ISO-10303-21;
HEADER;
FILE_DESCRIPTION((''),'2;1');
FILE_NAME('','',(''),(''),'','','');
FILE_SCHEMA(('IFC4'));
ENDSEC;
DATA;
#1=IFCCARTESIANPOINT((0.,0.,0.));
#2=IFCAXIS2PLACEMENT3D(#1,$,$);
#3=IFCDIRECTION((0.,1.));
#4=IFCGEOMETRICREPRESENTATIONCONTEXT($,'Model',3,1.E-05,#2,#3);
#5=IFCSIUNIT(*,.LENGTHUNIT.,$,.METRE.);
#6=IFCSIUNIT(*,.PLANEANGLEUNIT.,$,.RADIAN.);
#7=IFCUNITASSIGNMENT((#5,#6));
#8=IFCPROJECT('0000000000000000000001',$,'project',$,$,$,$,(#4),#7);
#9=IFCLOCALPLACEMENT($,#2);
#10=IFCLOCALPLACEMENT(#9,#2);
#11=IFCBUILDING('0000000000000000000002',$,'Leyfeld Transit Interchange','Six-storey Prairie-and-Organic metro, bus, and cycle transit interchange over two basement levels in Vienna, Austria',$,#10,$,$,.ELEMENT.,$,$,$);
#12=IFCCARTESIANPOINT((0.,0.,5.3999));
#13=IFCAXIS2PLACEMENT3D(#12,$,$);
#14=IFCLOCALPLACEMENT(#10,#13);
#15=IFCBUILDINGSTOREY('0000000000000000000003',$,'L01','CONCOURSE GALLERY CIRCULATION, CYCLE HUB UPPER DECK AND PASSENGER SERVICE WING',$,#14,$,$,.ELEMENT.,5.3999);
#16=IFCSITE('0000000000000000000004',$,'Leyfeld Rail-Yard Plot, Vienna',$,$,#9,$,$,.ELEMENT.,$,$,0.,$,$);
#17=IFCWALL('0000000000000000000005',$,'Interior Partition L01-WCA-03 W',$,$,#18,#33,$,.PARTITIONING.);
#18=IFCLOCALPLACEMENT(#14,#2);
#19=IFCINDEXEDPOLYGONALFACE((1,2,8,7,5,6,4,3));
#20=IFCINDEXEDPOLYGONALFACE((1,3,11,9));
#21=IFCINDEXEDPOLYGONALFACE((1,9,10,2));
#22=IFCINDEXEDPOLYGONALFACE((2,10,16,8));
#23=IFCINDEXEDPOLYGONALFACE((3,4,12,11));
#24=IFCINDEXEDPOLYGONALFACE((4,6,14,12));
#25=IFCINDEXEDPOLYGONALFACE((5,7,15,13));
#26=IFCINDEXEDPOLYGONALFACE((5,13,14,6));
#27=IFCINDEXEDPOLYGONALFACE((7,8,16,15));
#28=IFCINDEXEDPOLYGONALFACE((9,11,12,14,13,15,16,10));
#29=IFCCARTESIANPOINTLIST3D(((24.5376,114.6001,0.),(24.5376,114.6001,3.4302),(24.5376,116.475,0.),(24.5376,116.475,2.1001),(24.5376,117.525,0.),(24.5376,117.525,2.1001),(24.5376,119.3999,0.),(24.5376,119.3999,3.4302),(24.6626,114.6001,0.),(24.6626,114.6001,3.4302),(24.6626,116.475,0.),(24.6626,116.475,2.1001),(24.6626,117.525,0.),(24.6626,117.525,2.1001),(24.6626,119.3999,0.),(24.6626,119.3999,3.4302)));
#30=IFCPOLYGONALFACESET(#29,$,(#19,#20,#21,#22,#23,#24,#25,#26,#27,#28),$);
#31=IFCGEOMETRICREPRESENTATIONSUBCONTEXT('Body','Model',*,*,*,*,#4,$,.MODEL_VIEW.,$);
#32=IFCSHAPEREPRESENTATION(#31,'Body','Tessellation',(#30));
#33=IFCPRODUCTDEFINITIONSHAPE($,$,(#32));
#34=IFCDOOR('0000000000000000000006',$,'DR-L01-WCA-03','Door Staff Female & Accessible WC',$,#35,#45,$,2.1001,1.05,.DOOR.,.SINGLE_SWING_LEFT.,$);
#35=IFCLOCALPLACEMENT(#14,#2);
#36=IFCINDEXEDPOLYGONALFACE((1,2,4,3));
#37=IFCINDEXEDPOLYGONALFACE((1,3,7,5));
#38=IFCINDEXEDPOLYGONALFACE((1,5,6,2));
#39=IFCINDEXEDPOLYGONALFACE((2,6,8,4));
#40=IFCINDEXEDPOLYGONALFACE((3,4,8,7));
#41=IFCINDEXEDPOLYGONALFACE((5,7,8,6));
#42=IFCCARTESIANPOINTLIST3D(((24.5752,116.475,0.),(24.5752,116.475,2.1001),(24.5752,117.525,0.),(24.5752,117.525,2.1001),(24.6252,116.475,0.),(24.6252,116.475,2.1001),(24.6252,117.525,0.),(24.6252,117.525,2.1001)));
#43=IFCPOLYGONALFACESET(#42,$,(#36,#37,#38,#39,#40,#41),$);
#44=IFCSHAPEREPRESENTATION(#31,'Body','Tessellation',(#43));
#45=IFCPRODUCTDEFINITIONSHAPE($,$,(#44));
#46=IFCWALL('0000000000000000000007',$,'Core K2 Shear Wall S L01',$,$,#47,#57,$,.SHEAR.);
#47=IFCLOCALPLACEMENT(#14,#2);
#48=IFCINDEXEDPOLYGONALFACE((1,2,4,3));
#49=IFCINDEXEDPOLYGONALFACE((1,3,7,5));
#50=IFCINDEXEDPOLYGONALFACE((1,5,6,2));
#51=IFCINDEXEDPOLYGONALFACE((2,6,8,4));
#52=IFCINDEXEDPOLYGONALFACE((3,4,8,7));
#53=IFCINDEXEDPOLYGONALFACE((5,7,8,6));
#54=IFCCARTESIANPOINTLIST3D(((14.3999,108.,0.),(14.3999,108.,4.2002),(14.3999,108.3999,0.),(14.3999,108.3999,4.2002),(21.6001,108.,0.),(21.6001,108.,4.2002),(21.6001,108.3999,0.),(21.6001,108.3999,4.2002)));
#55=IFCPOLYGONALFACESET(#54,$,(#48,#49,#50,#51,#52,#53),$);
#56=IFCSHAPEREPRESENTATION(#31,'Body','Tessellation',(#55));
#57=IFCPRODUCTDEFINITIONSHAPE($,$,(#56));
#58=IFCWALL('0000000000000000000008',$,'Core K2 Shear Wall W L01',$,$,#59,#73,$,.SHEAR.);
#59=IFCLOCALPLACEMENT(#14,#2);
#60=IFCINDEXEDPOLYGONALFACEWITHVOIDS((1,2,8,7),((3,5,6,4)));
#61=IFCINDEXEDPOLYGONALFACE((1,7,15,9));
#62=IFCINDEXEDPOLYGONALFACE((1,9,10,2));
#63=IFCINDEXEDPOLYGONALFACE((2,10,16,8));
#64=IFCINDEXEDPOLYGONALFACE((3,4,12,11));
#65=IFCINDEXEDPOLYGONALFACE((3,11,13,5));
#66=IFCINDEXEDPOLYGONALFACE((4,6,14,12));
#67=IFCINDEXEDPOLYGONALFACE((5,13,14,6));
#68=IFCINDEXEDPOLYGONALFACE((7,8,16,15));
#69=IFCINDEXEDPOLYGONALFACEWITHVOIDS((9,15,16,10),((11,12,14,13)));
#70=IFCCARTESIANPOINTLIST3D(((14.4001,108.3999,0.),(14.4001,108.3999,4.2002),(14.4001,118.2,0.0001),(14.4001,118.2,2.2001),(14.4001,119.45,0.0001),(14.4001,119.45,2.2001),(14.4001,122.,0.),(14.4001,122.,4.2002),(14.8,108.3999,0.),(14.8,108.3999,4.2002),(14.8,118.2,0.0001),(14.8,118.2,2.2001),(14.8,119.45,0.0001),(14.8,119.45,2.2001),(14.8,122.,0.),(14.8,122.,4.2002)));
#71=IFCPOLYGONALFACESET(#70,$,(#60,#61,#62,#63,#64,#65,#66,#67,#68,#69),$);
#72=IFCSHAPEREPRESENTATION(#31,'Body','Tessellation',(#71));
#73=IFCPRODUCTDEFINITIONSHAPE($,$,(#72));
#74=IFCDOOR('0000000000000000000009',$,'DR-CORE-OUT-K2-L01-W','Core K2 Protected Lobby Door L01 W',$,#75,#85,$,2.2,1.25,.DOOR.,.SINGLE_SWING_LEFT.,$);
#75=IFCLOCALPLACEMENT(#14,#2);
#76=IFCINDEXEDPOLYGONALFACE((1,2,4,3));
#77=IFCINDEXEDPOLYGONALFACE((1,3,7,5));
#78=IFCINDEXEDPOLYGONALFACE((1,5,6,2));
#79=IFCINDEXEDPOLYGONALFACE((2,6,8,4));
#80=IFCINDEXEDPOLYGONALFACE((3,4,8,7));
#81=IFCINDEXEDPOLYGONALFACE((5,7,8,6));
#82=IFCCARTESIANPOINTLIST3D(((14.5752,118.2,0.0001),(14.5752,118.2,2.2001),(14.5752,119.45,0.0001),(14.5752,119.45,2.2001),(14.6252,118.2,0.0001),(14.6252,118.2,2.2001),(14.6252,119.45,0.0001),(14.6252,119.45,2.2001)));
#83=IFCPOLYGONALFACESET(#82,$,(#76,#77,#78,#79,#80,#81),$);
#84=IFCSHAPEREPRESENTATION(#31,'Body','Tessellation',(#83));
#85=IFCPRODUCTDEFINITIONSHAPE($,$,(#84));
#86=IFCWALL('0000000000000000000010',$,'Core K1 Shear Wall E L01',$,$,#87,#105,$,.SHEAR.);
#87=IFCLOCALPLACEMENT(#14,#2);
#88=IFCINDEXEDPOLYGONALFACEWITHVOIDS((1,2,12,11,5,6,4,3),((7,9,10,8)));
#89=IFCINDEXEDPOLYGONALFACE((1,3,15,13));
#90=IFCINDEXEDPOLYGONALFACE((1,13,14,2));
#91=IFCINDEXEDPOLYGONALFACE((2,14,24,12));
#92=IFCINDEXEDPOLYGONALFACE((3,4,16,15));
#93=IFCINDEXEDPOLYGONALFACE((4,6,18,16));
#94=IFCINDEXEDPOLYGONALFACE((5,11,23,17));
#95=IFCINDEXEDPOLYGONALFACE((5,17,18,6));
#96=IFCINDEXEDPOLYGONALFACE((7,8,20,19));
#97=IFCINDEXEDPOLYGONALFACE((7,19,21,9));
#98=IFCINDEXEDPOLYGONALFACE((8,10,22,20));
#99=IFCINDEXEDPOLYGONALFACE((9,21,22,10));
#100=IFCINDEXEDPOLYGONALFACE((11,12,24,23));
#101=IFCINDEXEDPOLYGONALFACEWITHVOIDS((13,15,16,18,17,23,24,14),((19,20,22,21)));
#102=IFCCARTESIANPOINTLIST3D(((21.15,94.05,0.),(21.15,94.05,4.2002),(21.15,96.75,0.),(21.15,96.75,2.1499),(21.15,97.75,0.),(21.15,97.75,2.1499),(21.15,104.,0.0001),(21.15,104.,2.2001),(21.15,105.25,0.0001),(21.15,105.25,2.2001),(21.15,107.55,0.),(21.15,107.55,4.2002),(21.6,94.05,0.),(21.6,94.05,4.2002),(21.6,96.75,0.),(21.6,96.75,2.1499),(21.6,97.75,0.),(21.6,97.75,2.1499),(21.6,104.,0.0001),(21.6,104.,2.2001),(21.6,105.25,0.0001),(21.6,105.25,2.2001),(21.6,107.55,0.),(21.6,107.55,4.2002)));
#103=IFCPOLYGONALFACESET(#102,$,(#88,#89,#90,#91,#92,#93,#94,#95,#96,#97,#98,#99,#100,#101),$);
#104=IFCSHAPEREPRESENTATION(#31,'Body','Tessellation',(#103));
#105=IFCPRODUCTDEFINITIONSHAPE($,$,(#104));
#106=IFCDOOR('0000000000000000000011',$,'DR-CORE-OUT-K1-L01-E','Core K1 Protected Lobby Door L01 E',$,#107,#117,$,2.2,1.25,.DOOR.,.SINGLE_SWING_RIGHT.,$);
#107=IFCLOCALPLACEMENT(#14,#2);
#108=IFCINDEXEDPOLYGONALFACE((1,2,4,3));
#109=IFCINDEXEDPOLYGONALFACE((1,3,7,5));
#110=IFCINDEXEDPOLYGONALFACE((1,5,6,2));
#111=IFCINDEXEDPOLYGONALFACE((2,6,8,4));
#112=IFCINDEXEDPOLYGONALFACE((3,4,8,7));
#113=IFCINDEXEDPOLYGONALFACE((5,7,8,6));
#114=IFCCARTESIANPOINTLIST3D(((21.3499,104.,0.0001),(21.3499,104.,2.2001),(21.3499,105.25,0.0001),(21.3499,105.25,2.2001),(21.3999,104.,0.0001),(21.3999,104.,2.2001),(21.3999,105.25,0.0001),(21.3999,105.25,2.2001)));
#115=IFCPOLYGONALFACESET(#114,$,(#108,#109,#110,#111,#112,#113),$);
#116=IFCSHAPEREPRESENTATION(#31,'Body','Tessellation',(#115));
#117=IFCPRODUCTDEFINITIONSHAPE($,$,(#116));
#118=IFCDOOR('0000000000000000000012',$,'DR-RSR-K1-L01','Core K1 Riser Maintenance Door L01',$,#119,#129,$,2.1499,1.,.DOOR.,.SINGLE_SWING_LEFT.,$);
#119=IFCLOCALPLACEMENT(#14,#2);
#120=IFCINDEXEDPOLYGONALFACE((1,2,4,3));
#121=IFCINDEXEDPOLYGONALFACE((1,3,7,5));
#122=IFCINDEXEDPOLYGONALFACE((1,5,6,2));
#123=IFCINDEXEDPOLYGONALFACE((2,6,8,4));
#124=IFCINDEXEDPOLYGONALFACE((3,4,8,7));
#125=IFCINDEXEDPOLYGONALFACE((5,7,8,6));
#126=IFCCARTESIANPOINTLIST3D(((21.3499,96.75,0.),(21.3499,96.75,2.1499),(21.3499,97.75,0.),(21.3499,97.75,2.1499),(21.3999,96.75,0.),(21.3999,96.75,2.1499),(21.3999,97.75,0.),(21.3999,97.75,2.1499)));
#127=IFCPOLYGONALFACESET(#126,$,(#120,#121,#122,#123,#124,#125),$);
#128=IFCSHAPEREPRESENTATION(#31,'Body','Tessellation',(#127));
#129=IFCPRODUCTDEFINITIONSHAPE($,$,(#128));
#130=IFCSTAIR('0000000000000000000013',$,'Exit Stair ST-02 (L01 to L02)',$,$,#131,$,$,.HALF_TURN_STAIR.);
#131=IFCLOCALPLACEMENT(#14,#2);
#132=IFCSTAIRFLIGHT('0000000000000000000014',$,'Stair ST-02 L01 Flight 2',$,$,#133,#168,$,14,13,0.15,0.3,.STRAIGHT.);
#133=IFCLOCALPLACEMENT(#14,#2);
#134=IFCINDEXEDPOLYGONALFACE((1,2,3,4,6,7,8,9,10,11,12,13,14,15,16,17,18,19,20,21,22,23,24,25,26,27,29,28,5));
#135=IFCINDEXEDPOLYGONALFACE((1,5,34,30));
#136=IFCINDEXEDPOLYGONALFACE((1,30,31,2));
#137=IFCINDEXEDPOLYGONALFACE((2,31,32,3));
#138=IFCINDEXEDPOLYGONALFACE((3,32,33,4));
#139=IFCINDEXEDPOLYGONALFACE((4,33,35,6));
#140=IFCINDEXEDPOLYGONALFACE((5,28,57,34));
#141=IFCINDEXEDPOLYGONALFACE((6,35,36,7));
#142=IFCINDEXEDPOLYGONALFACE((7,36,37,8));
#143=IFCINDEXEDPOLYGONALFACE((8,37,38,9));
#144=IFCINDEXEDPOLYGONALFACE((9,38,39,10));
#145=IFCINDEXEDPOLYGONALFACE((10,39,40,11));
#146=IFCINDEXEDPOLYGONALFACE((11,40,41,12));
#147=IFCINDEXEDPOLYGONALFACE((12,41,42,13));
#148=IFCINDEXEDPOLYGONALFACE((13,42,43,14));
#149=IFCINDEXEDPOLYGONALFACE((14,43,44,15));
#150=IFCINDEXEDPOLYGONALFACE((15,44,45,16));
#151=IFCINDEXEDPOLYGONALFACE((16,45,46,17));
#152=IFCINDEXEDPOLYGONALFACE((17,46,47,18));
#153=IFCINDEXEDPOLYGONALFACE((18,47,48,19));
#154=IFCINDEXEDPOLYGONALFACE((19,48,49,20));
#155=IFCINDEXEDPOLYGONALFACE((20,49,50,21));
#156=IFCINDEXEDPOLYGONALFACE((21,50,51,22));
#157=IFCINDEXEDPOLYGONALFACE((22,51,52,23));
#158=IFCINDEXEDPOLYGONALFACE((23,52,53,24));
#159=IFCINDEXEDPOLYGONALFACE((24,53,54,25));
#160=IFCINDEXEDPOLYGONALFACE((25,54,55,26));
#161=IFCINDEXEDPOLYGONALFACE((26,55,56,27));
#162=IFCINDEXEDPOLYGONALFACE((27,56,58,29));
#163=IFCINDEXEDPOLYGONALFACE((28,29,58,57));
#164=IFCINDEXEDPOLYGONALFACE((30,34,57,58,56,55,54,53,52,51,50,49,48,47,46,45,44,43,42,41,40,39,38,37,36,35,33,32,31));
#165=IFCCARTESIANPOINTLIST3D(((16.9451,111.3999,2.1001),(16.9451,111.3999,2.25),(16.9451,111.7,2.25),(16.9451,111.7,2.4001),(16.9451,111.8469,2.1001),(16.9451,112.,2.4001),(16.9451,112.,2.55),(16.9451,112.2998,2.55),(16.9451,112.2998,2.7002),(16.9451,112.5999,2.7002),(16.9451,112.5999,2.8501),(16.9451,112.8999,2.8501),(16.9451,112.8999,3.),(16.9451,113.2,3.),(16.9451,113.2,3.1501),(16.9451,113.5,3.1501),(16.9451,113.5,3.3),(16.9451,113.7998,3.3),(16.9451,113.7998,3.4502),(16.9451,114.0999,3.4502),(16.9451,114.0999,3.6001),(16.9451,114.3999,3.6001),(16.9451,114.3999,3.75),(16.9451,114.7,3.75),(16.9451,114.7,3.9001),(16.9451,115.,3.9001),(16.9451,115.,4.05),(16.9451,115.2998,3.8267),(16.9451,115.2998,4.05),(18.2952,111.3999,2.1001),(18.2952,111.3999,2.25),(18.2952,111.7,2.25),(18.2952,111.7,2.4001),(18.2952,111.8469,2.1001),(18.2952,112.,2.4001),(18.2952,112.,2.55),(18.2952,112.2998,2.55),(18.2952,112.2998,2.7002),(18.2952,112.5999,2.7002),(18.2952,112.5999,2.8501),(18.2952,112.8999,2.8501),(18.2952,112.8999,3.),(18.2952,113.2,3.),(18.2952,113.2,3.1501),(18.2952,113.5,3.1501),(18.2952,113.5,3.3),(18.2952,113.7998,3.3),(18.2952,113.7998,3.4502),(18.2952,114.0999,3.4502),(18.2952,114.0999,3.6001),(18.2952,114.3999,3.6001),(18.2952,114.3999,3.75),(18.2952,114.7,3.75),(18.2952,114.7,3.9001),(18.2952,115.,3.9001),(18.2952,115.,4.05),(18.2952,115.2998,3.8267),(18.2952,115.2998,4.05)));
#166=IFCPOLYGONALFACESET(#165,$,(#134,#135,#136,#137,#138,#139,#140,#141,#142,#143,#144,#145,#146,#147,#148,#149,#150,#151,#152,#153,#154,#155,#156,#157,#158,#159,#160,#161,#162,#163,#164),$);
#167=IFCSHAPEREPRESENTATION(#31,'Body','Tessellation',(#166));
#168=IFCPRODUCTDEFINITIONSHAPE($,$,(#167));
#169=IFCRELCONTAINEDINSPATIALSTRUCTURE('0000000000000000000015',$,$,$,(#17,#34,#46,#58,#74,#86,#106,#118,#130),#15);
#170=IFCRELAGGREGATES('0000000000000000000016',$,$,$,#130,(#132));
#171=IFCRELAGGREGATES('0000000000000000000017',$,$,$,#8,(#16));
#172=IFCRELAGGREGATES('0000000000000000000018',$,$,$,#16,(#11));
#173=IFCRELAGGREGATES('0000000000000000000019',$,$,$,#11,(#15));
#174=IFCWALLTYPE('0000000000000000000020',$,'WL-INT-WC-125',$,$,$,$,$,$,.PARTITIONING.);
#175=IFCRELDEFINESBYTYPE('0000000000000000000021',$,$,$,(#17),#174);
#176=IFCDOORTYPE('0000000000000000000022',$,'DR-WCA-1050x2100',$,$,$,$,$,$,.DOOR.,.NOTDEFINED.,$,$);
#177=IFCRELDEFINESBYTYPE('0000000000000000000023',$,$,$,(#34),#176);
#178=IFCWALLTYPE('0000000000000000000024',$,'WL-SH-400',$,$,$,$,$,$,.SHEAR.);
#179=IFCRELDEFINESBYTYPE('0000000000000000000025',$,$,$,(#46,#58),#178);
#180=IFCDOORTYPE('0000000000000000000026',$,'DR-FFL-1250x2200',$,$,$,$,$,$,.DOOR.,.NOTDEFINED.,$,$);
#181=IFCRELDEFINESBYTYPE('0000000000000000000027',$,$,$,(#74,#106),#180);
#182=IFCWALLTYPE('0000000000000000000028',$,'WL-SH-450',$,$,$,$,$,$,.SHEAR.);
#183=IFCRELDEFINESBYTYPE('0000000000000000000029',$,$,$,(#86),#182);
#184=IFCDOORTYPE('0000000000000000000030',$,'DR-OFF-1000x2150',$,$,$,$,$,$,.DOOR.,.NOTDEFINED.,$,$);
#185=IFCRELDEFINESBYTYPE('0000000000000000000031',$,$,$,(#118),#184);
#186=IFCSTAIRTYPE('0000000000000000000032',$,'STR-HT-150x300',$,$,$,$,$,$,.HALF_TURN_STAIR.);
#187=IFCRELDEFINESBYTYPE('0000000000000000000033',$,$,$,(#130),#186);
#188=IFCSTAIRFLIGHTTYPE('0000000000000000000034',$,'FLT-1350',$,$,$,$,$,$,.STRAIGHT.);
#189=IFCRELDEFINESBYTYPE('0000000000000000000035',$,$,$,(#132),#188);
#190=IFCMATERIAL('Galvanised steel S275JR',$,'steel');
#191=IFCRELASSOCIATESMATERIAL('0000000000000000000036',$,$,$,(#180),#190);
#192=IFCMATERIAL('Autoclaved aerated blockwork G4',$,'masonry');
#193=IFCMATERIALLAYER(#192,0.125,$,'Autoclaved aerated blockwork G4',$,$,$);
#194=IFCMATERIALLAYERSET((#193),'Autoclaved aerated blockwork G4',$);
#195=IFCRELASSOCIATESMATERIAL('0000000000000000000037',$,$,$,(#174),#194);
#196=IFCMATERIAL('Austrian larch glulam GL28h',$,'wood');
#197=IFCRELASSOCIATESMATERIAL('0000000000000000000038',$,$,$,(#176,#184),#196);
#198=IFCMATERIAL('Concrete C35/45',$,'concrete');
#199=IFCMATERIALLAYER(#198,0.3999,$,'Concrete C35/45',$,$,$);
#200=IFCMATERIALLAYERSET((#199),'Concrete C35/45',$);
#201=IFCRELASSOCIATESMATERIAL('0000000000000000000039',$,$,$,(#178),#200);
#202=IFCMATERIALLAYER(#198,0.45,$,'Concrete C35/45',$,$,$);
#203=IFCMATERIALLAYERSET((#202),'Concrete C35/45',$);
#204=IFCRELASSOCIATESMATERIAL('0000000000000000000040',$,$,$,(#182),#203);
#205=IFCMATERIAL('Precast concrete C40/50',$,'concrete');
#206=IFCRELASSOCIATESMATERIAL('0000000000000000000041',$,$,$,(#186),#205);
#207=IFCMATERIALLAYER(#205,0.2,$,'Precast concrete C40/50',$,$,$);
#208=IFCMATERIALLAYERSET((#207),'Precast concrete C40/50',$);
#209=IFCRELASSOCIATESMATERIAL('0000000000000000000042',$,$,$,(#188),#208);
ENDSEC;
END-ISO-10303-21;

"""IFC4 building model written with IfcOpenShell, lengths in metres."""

from ifc_helpers import new_model, si_unit, direction, frame, frame_2d, origin, place, context, subcontext, project, spatial, polyline, rectangle, outline, extrude, material, layer, layer_set, type_object, element, fill, aggregate, save


model = new_model("IFC4")

# Units and contexts
model_context = context("Model", 3, precision=1e-05, world=origin(), true_north=direction((0.0, 1.0)))
body_context = subcontext(model_context, "Body", "Model", "MODEL_VIEW")
ifc_project = project(units=[si_unit("LENGTHUNIT", "METRE"), si_unit("PLANEANGLEUNIT", "RADIAN")], contexts=[model_context])

# Site, building, storey
site_placement = place(None, origin())
site = spatial("IfcSite", under=ifc_project, at=site_placement, Name="Leyfeld Rail-Yard Plot, Vienna", CompositionType="ELEMENT", RefElevation=0.0)
building_placement = place(site_placement, origin())
building = spatial("IfcBuilding", under=site, at=building_placement, Name="Leyfeld Transit Interchange", Description="Six-storey Prairie-and-Organic metro, bus, and cycle transit interchange over two basement levels in Vienna, Austria", CompositionType="ELEMENT")
storey_placement = place(building_placement, frame((0.0, 0.0, 5.3999)))
storey = spatial("IfcBuildingStorey", under=building, at=storey_placement, Name="L01", Description="CONCOURSE GALLERY CIRCULATION, CYCLE HUB UPPER DECK AND PASSENGER SERVICE WING", CompositionType="ELEMENT", Elevation=5.3999)

# Shared definitions
ifc_material_1 = material(Name="Concrete C35/45", Category="concrete")

# Shared definitions
ifc_material_2 = material(Name="Galvanised steel S275JR", Category="steel")
door_type_1 = type_object("IfcDoorType", Name="DR-FFL-1250x2200", OperationType="NOTDEFINED", PredefinedType="DOOR", material=ifc_material_2)

# Shared definitions
ifc_material_3 = material(Name="Autoclaved aerated blockwork G4", Category="masonry")
ifc_layer_1 = layer(ifc_material_3, 0.125, Name="Autoclaved aerated blockwork G4")
ifc_layer_set_1 = layer_set([ifc_layer_1], Name="Autoclaved aerated blockwork G4")
wall_type_1 = type_object("IfcWallType", Name="WL-INT-WC-125", PredefinedType="PARTITIONING", material=ifc_layer_set_1)

# Wall, opening, door
ifc_material_4 = material(Name="Austrian larch glulam GL28h", Category="wood")
wall_1_placement = place(storey_placement, frame((24.6001, 114.6001, 0.0), z_axis=(0.0, 0.0, 1.0), x_axis=(0.0, 1.0, 0.0)))
wall_1 = element("IfcWall", 1, at=wall_1_placement, inside=storey, type_object=wall_type_1, Name="Interior Partition L01-WCA-03 W", PredefinedType="PARTITIONING", context=body_context, shape_type="SweptSolid", body=[
    extrude(rectangle(XDim=4.7998, YDim=0.125, at=frame_2d((2.3999, 0.0))), origin(), (0.0, 0.0, 1.0), 3.4302),
])
opening_1_placement = place(wall_1_placement, frame((1.875, 0.0, 0.0)))
opening_1 = element("IfcOpeningElement", 2, at=opening_1_placement, cuts=wall_1, PredefinedType="OPENING", context=body_context, shape_type="SweptSolid", body=[
    extrude(rectangle(XDim=1.05, YDim=2.1001, at=frame_2d((0.5249, 1.05))), frame((0.0, 0.0725, 0.0), z_axis=(0.0, -1.0, 0.0), x_axis=(1.0, 0.0, 0.0)), (0.0, 0.0, 1.0), 0.145),
])
door_type_2 = type_object("IfcDoorType", Name="DR-WCA-1050x2100", OperationType="NOTDEFINED", PredefinedType="DOOR", material=ifc_material_4)
door_1_placement = place(opening_1_placement, origin())
door_1 = element("IfcDoor", 3, at=door_1_placement, inside=storey, type_object=door_type_2, Name="DR-L01-WCA-03", Description="Door Staff Female & Accessible WC", OperationType="SINGLE_SWING_LEFT", OverallHeight=2.1001, OverallWidth=1.05, PredefinedType="DOOR", context=body_context, shape_type="SweptSolid", body=[
    extrude(rectangle(XDim=1.05, YDim=2.1001, at=frame_2d((0.5249, 1.05))), frame((0.0, 0.0249, 0.0), z_axis=(0.0, -1.0, 0.0), x_axis=(1.0, 0.0, 0.0)), (0.0, 0.0, 1.0), 0.05),
])
fill(opening_1, door_1)

# Wall
ifc_layer_2 = layer(ifc_material_1, 0.3999, Name="Concrete C35/45")
ifc_layer_set_2 = layer_set([ifc_layer_2], Name="Concrete C35/45")
wall_type_2 = type_object("IfcWallType", Name="WL-SH-400", PredefinedType="SHEAR", material=ifc_layer_set_2)
wall_2_placement = place(storey_placement, frame((21.6001, 108.2, 0.0), z_axis=(0.0, 0.0, 1.0), x_axis=(-1.0, 0.0, 0.0)))
element("IfcWall", 4, at=wall_2_placement, inside=storey, type_object=wall_type_2, Name="Core K2 Shear Wall S L01", PredefinedType="SHEAR", context=body_context, shape_type="SweptSolid", body=[
    extrude(rectangle(XDim=7.2002, YDim=0.3999, at=frame_2d((3.6001, 0.0))), origin(), (0.0, 0.0, 1.0), 4.2002),
])

# Wall, opening, door
wall_3_placement = place(storey_placement, frame((14.6001, 108.3999, 0.0), z_axis=(0.0, 0.0, 1.0), x_axis=(0.0, 1.0, 0.0)))
wall_3 = element("IfcWall", 5, at=wall_3_placement, inside=storey, type_object=wall_type_2, Name="Core K2 Shear Wall W L01", PredefinedType="SHEAR", context=body_context, shape_type="SweptSolid", body=[
    extrude(rectangle(XDim=13.6001, YDim=0.3999, at=frame_2d((6.8, 0.0))), origin(), (0.0, 0.0, 1.0), 4.2002),
])
opening_2_placement = place(wall_3_placement, frame((9.8, 0.0, 0.0)))
opening_2 = element("IfcOpeningElement", 6, at=opening_2_placement, cuts=wall_3, PredefinedType="OPENING", context=body_context, shape_type="SweptSolid", body=[
    extrude(rectangle(XDim=1.25, YDim=2.2, at=frame_2d((0.625, 1.1001))), frame((0.0, 0.21, 0.0), z_axis=(0.0, -1.0, 0.0), x_axis=(1.0, 0.0, 0.0)), (0.0, 0.0, 1.0), 0.4199),
])
door_2_placement = place(opening_2_placement, origin())
door_2 = element("IfcDoor", 7, at=door_2_placement, inside=storey, type_object=door_type_1, Name="DR-CORE-OUT-K2-L01-W", Description="Core K2 Protected Lobby Door L01 W", OperationType="SINGLE_SWING_LEFT", OverallHeight=2.2, OverallWidth=1.25, PredefinedType="DOOR", context=body_context, shape_type="SweptSolid", body=[
    extrude(rectangle(XDim=1.25, YDim=2.2, at=frame_2d((0.625, 1.1001))), frame((0.0, 0.0249, 0.0), z_axis=(0.0, -1.0, 0.0), x_axis=(1.0, 0.0, 0.0)), (0.0, 0.0, 1.0), 0.05),
])
fill(opening_2, door_2)

# Wall, openings, doors
ifc_layer_3 = layer(ifc_material_1, 0.45, Name="Concrete C35/45")
ifc_layer_set_3 = layer_set([ifc_layer_3], Name="Concrete C35/45")
wall_type_3 = type_object("IfcWallType", Name="WL-SH-450", PredefinedType="SHEAR", material=ifc_layer_set_3)
wall_4_placement = place(storey_placement, frame((21.375, 107.55, 0.0), z_axis=(0.0, 0.0, 1.0), x_axis=(0.0, -1.0, 0.0)))
wall_4 = element("IfcWall", 8, at=wall_4_placement, inside=storey, type_object=wall_type_3, Name="Core K1 Shear Wall E L01", PredefinedType="SHEAR", context=body_context, shape_type="SweptSolid", body=[
    extrude(rectangle(XDim=13.5, YDim=0.45, at=frame_2d((6.75, 0.0))), origin(), (0.0, 0.0, 1.0), 4.2002),
])
opening_3_placement = place(wall_4_placement, frame((9.8, 0.0, 0.0)))
opening_3 = element("IfcOpeningElement", 9, at=opening_3_placement, cuts=wall_4, PredefinedType="OPENING", context=body_context, shape_type="SweptSolid", body=[
    extrude(rectangle(XDim=1.0, YDim=2.1499, at=frame_2d((0.5, 1.075))), frame((0.0, 0.2349, 0.0), z_axis=(0.0, -1.0, 0.0), x_axis=(1.0, 0.0, 0.0)), (0.0, 0.0, 1.0), 0.47),
])
opening_4_placement = place(wall_4_placement, frame((2.3, 0.0, 0.0)))
opening_4 = element("IfcOpeningElement", 10, at=opening_4_placement, cuts=wall_4, PredefinedType="OPENING", context=body_context, shape_type="SweptSolid", body=[
    extrude(rectangle(XDim=1.25, YDim=2.2, at=frame_2d((0.625, 1.1001))), frame((0.0, 0.2349, 0.0), z_axis=(0.0, -1.0, 0.0), x_axis=(1.0, 0.0, 0.0)), (0.0, 0.0, 1.0), 0.47),
])
door_3_placement = place(opening_4_placement, origin())
door_3 = element("IfcDoor", 11, at=door_3_placement, inside=storey, type_object=door_type_1, Name="DR-CORE-OUT-K1-L01-E", Description="Core K1 Protected Lobby Door L01 E", OperationType="SINGLE_SWING_RIGHT", OverallHeight=2.2, OverallWidth=1.25, PredefinedType="DOOR", context=body_context, shape_type="SweptSolid", body=[
    extrude(rectangle(XDim=1.25, YDim=2.2, at=frame_2d((0.625, 1.1001))), frame((0.0, 0.0249, 0.0), z_axis=(0.0, -1.0, 0.0), x_axis=(1.0, 0.0, 0.0)), (0.0, 0.0, 1.0), 0.05),
])
fill(opening_4, door_3)
door_type_3 = type_object("IfcDoorType", Name="DR-OFF-1000x2150", OperationType="NOTDEFINED", PredefinedType="DOOR", material=ifc_material_4)
door_4_placement = place(opening_3_placement, origin())
door_4 = element("IfcDoor", 12, at=door_4_placement, inside=storey, type_object=door_type_3, Name="DR-RSR-K1-L01", Description="Core K1 Riser Maintenance Door L01", OperationType="SINGLE_SWING_LEFT", OverallHeight=2.1499, OverallWidth=1.0, PredefinedType="DOOR", context=body_context, shape_type="SweptSolid", body=[
    extrude(rectangle(XDim=1.0, YDim=2.1499, at=frame_2d((0.5, 1.075))), frame((0.0, 0.0249, 0.0), z_axis=(0.0, -1.0, 0.0), x_axis=(1.0, 0.0, 0.0)), (0.0, 0.0, 1.0), 0.05),
])
fill(opening_3, door_4)

# Stair, stair flight
ifc_material_5 = material(Name="Precast concrete C40/50", Category="concrete")
stair_type = type_object("IfcStairType", Name="STR-HT-150x300", PredefinedType="HALF_TURN_STAIR", material=ifc_material_5)
stair_placement = place(storey_placement, origin())
stair = element("IfcStair", 13, at=stair_placement, inside=storey, type_object=stair_type, Name="Exit Stair ST-02 (L01 to L02)", PredefinedType="HALF_TURN_STAIR")
ifc_layer_4 = layer(ifc_material_5, 0.2, Name="Precast concrete C40/50")
ifc_layer_set_4 = layer_set([ifc_layer_4], Name="Precast concrete C40/50")
stair_flight_type = type_object("IfcStairFlightType", Name="FLT-1350", PredefinedType="STRAIGHT", material=ifc_layer_set_4)
stair_flight_placement = place(storey_placement, frame((17.6201, 111.3999, 2.1001), z_axis=(0.0, 0.0, 1.0), x_axis=(0.0, 1.0, 0.0)))
stair_flight = element("IfcStairFlight", 14, at=stair_flight_placement, type_object=stair_flight_type, Name="Stair ST-02 L01 Flight 2", NumberOfRisers=14, NumberOfTreads=13, PredefinedType="STRAIGHT", RiserHeight=0.15, TreadLength=0.3, context=body_context, shape_type="SweptSolid", body=[
    extrude(outline(polyline([(0.0, 0.0), (0.0, 0.1499), (0.3, 0.1499), (0.3, 0.3), (0.6001, 0.3), (0.6001, 0.45), (0.8999, 0.45), (0.8999, 0.6001), (1.2, 0.6001), (1.2, 0.75), (1.5, 0.75), (1.5, 0.8999), (1.8, 0.8999), (1.8, 1.05), (2.1001, 1.05), (2.1001, 1.2), (2.3999, 1.2), (2.3999, 1.3501), (2.7, 1.3501), (2.7, 1.5), (3.0, 1.5), (3.0, 1.6499), (3.3, 1.6499), (3.3, 1.8), (3.6001, 1.8), (3.6001, 1.95), (3.8999, 1.95), (3.8999, 2.1001), (3.8999, 1.7266), (0.447, 0.0), (0.0, 0.0)])), frame((0.0, 0.675, 0.0), z_axis=(0.0, -1.0, 0.0), x_axis=(1.0, 0.0, 0.0)), (0.0, 0.0, 1.0), 1.3501),
])
aggregate(stair, [stair_flight])

save(model, "model.ifc")
